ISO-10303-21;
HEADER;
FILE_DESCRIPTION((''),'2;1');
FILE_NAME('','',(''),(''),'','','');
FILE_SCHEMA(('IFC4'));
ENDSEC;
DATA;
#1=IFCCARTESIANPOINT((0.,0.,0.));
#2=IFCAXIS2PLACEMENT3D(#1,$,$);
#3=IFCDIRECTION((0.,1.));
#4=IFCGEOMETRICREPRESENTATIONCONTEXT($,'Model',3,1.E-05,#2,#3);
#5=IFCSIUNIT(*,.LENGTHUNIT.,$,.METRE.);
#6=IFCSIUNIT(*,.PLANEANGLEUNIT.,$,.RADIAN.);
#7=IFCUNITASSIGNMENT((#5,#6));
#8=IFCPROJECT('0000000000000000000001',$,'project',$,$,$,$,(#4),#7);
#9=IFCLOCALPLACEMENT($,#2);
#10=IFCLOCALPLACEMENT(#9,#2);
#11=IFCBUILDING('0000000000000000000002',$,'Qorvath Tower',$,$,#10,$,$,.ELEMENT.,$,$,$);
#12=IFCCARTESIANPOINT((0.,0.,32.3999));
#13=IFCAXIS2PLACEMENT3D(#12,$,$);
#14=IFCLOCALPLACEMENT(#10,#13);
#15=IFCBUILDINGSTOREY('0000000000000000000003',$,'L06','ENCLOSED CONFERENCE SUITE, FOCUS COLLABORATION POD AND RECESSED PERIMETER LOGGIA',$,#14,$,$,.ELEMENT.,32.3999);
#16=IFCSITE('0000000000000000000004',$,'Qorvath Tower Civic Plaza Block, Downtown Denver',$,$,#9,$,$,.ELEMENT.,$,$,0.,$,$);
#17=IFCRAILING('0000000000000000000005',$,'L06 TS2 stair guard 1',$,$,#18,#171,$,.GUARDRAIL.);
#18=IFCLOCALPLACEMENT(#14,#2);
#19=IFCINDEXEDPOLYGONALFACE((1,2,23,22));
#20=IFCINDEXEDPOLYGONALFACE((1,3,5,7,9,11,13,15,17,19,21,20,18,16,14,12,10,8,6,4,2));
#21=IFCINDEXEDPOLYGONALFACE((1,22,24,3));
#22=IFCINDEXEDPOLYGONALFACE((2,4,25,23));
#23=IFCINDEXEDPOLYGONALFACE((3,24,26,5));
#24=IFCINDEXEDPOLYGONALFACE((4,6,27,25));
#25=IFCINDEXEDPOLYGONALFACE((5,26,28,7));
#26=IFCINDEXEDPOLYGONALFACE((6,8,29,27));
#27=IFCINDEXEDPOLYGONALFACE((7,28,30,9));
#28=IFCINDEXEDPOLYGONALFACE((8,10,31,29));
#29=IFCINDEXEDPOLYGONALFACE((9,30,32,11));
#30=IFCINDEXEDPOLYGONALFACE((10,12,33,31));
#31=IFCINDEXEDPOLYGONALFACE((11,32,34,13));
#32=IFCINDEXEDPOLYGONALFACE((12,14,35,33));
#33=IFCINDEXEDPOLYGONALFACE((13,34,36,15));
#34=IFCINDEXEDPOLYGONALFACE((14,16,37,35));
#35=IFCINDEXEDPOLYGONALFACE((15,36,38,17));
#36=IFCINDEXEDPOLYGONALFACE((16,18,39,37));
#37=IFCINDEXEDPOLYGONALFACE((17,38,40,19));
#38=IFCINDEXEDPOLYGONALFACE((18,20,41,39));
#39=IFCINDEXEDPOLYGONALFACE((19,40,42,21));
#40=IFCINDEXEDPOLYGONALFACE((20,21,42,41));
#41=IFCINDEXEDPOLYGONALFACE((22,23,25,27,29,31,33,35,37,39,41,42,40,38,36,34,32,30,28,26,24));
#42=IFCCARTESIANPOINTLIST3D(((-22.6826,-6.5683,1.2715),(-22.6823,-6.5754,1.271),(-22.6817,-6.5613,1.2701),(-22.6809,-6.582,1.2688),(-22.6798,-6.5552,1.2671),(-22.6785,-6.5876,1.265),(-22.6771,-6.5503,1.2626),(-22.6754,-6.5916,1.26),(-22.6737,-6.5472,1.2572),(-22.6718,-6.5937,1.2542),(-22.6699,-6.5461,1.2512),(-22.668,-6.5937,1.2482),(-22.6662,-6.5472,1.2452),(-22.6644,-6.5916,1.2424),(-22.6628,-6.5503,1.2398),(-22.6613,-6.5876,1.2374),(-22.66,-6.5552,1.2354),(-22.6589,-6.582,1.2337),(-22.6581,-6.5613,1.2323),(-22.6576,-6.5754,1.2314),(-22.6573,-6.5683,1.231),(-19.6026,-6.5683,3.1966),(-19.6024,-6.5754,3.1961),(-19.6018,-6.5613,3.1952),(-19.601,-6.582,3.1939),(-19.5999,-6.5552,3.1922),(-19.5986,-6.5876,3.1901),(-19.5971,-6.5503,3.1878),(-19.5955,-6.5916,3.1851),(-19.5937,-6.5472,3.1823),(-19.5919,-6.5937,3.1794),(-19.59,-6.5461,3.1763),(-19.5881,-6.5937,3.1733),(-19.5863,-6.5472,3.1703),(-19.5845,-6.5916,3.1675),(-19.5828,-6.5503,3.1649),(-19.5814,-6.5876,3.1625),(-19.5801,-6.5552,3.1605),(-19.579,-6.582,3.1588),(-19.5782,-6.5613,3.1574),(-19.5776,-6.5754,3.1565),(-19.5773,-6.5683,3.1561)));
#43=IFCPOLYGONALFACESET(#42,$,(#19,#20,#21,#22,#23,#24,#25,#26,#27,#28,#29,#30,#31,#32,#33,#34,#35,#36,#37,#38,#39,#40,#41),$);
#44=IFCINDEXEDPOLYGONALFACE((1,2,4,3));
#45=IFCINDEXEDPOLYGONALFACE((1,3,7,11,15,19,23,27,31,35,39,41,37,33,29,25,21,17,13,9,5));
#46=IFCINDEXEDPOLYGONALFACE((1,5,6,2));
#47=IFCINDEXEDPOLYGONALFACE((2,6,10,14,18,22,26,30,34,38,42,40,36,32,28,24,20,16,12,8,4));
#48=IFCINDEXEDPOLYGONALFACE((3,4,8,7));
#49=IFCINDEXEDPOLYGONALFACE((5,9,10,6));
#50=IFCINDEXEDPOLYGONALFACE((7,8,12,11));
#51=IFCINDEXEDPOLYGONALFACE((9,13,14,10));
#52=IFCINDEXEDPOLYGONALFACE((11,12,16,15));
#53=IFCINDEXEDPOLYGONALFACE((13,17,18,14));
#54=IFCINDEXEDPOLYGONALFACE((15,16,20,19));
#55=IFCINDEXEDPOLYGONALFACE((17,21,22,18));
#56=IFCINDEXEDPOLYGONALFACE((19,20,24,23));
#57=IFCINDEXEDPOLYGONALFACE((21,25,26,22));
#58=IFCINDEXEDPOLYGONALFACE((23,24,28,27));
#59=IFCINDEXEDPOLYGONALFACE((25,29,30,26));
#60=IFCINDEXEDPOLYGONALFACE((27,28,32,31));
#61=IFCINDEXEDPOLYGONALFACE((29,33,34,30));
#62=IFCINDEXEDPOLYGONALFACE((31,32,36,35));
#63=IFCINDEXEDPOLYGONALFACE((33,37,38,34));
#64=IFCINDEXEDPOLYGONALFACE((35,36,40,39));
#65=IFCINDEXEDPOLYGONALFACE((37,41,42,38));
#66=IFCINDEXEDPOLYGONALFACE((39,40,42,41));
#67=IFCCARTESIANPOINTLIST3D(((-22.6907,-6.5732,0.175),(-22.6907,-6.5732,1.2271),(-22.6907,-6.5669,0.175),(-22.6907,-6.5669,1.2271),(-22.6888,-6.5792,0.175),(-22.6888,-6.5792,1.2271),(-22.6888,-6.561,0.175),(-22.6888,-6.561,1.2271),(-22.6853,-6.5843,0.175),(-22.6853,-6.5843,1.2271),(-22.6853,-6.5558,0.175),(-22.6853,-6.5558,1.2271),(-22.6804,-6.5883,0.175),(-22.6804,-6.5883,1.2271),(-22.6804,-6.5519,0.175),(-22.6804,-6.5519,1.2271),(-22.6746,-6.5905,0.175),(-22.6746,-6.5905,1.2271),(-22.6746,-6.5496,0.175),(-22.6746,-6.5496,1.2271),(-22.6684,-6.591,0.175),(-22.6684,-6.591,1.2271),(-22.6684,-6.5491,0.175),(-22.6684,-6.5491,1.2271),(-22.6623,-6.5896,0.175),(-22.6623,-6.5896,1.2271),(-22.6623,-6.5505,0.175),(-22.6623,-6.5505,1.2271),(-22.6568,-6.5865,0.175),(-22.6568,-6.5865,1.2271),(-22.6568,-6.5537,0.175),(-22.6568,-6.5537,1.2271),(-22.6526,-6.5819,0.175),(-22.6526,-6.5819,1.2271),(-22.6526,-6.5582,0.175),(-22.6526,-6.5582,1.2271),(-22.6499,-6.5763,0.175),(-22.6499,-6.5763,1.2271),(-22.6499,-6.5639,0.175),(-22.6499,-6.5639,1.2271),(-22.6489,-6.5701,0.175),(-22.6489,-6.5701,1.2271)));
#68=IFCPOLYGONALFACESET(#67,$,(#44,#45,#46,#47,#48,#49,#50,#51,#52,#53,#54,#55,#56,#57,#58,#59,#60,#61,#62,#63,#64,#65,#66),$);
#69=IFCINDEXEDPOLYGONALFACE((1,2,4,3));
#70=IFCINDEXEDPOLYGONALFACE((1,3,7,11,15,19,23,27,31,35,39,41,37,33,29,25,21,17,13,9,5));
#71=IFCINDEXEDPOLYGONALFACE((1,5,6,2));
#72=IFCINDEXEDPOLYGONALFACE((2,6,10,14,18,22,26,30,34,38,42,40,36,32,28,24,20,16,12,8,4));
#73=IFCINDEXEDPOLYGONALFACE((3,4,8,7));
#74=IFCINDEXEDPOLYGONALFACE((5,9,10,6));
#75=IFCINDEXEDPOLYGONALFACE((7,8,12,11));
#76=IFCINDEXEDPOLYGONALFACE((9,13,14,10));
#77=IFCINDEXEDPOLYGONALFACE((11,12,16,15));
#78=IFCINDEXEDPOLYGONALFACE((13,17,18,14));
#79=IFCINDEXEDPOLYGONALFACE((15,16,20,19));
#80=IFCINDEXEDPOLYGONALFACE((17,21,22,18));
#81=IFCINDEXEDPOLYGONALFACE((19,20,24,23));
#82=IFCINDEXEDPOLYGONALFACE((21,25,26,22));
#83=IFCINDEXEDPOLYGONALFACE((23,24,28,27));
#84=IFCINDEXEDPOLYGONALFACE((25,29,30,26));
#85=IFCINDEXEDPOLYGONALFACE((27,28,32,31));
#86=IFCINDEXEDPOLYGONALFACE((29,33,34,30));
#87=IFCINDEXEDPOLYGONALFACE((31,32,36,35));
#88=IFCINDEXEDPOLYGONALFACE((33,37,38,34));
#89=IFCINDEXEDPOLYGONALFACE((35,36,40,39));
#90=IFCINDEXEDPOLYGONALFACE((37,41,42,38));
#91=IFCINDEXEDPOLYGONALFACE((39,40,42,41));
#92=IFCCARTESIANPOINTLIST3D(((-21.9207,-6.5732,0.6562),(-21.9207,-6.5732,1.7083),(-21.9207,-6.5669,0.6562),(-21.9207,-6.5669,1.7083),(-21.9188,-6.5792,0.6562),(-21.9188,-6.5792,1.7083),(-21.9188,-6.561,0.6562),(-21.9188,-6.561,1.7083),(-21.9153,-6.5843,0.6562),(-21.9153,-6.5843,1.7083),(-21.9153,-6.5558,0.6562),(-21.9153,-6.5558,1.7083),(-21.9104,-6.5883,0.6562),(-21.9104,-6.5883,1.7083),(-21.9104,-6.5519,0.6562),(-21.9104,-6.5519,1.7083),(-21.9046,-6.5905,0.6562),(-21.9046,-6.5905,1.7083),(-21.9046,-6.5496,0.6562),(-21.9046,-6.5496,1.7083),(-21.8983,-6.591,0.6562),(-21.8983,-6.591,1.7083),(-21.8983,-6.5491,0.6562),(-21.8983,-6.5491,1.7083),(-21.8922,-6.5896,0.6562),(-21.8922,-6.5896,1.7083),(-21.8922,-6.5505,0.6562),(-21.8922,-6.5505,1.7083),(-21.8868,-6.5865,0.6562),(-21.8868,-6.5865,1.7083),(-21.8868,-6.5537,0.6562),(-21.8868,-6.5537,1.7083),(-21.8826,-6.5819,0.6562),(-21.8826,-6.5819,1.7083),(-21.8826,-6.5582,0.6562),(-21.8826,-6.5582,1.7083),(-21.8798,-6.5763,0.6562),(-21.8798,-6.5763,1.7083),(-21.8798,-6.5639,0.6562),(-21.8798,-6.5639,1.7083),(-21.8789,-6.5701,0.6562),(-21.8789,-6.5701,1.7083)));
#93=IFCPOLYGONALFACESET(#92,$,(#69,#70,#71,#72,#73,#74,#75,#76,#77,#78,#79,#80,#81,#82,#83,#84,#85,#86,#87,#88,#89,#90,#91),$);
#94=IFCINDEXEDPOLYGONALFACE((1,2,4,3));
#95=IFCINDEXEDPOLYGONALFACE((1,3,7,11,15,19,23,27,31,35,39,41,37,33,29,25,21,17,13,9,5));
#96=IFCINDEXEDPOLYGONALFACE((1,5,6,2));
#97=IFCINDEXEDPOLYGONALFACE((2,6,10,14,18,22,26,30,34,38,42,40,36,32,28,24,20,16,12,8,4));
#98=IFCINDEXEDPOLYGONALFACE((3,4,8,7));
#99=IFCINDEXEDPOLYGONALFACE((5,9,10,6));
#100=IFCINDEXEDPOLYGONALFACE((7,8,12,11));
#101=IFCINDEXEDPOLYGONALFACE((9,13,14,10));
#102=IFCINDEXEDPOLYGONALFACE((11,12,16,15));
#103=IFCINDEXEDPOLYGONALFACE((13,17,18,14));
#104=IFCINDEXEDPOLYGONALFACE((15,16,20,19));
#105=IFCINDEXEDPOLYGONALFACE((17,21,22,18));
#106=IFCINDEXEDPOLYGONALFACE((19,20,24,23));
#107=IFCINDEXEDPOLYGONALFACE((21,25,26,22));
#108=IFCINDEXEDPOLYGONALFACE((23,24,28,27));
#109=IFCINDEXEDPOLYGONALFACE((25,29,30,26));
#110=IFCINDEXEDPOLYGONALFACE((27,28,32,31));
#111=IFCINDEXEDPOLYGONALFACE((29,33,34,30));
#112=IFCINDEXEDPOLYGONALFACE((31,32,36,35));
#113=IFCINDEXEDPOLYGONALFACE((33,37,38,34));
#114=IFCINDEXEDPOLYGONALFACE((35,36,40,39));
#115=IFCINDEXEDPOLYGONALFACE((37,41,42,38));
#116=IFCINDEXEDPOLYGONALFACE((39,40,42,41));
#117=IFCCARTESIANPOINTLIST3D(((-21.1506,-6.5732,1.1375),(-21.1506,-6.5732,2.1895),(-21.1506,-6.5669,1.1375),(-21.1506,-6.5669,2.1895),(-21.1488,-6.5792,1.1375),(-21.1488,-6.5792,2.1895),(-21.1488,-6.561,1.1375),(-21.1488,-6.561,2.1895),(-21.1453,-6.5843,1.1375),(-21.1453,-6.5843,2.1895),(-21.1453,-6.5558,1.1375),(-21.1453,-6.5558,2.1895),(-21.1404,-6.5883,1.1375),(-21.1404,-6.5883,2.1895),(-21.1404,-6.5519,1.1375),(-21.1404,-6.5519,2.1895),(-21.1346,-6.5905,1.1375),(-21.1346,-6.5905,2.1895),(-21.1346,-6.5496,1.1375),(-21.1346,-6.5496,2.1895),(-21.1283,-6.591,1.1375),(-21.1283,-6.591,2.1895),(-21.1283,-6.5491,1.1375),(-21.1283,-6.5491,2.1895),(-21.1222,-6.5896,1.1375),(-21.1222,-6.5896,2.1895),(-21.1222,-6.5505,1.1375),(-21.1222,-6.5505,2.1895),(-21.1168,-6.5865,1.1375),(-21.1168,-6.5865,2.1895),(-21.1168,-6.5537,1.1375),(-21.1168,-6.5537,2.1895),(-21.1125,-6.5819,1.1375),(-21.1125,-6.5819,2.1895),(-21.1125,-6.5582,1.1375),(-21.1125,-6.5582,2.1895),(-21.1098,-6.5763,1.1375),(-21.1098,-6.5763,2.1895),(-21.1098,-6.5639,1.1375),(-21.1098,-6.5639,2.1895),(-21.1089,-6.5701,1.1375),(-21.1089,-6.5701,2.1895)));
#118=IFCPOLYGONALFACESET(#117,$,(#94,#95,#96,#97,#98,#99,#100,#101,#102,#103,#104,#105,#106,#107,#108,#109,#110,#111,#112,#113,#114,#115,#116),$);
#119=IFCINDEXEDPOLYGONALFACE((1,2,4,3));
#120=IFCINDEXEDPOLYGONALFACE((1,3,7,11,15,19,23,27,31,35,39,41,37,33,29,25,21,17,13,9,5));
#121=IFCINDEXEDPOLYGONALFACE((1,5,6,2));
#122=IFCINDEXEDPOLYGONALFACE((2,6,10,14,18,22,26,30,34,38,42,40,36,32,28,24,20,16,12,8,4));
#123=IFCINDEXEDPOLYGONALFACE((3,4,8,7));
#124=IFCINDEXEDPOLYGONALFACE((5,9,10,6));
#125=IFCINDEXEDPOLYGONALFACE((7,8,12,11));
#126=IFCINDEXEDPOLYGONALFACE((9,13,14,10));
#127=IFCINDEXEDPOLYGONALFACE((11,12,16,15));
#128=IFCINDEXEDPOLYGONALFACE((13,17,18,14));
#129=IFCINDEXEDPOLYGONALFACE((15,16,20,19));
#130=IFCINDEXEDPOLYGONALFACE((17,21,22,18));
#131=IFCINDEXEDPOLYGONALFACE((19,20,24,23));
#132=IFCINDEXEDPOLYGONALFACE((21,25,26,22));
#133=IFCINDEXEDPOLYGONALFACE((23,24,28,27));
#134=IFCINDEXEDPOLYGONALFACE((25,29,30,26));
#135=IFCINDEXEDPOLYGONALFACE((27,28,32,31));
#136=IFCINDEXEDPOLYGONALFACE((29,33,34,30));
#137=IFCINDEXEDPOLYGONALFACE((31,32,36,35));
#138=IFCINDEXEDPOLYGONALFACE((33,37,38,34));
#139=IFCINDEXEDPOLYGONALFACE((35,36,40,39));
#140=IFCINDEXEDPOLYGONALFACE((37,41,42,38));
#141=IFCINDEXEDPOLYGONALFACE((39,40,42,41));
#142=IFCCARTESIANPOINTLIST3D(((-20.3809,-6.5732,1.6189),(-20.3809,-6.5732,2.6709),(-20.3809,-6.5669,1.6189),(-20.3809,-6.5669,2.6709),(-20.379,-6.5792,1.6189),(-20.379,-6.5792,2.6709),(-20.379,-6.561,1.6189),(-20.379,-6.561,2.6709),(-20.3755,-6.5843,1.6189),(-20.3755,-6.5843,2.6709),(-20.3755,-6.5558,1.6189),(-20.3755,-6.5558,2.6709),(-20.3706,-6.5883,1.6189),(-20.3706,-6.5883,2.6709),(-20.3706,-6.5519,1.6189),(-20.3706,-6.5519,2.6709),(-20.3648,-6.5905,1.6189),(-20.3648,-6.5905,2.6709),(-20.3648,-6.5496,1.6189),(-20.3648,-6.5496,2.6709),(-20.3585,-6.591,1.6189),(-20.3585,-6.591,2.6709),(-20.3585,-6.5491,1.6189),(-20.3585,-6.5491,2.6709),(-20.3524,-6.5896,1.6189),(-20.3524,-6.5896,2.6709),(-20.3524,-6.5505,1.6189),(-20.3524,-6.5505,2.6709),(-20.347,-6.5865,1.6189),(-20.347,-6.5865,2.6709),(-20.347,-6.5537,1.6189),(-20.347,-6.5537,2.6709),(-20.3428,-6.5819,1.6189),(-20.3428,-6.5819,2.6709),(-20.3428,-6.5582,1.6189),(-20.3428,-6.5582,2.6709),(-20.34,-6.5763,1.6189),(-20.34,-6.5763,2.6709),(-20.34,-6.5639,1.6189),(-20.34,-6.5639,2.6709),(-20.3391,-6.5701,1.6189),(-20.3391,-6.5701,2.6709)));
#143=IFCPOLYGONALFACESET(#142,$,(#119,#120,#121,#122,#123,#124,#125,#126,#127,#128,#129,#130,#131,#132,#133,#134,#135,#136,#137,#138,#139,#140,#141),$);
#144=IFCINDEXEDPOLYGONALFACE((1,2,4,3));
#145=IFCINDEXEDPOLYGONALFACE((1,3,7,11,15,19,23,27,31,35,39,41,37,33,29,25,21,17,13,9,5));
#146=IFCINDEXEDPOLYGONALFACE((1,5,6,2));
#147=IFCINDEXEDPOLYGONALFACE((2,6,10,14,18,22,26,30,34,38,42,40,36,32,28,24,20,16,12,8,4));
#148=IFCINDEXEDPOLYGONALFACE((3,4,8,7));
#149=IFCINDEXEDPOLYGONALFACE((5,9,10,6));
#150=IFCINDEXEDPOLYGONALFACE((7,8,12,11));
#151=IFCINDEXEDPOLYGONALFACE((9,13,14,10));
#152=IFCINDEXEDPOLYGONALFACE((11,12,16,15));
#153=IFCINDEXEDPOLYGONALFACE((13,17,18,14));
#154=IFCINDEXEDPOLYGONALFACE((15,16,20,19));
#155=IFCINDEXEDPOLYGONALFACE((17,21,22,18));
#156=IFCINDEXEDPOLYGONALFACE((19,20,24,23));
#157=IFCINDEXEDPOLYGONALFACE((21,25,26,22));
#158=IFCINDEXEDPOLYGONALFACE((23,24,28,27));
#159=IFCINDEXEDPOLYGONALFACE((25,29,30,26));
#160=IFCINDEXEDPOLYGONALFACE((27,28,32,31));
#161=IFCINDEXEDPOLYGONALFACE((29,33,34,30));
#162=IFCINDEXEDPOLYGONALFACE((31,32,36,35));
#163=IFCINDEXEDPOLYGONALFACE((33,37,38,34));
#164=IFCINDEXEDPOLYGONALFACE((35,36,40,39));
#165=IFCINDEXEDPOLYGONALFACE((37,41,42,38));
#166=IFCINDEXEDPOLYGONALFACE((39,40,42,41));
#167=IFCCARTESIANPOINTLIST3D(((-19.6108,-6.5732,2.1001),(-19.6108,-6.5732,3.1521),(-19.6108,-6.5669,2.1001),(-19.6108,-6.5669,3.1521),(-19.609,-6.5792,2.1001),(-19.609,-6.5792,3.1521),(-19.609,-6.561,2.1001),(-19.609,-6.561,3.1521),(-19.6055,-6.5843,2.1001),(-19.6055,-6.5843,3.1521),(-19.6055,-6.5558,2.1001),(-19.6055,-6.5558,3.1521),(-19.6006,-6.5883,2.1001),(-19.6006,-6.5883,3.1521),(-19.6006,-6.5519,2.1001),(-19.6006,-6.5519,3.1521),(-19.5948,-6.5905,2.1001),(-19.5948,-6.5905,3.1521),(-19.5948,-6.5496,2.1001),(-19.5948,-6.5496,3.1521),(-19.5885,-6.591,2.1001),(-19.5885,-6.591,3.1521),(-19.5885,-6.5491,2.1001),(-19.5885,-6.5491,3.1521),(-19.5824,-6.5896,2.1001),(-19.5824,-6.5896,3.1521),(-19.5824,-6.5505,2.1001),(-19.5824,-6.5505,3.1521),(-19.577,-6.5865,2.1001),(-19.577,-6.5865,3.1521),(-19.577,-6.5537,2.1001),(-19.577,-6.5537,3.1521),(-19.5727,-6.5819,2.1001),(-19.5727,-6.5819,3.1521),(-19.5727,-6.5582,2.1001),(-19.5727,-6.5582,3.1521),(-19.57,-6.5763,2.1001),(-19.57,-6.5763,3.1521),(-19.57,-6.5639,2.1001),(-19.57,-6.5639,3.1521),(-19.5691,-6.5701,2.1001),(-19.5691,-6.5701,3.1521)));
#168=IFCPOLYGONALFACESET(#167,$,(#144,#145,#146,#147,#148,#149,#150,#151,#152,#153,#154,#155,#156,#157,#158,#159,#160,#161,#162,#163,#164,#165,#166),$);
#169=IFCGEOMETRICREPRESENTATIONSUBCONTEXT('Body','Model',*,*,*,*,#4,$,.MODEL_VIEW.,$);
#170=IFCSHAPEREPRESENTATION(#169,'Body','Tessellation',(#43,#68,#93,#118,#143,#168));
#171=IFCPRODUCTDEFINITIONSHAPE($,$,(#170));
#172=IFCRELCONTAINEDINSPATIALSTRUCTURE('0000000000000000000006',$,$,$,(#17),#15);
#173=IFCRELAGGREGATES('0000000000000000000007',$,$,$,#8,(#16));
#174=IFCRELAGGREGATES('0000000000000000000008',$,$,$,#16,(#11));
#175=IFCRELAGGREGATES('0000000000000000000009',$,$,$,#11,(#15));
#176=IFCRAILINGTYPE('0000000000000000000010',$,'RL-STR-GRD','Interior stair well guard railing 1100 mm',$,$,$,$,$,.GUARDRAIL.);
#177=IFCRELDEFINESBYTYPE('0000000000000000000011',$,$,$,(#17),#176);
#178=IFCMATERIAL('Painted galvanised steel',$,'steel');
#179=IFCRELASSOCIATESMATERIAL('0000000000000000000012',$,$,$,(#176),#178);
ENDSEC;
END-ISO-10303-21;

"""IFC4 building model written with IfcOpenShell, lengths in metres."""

from ifc_helpers import new_model, si_unit, direction, frame, origin, origin_2d, place, context, subcontext, project, spatial, circle, extrude, material, type_object, element, save


model = new_model("IFC4")

# Units and contexts
model_context = context("Model", 3, precision=1e-05, world=origin(), true_north=direction((0.0, 1.0)))
body_context = subcontext(model_context, "Body", "Model", "MODEL_VIEW")
ifc_project = project(units=[si_unit("LENGTHUNIT", "METRE"), si_unit("PLANEANGLEUNIT", "RADIAN")], contexts=[model_context])

# Site, building, storey
site_placement = place(None, origin())
site = spatial("IfcSite", under=ifc_project, at=site_placement, Name="Qorvath Tower Civic Plaza Block, Downtown Denver", CompositionType="ELEMENT", RefElevation=0.0)
building_placement = place(site_placement, origin())
building = spatial("IfcBuilding", under=site, at=building_placement, Name="Qorvath Tower", CompositionType="ELEMENT")
storey_placement = place(building_placement, frame((0.0, 0.0, 32.3999)))
storey = spatial("IfcBuildingStorey", under=building, at=storey_placement, Name="L06", Description="ENCLOSED CONFERENCE SUITE, FOCUS COLLABORATION POD AND RECESSED PERIMETER LOGGIA", CompositionType="ELEMENT", Elevation=32.3999)

# Railing
ifc_material_1 = material(Name="Painted galvanised steel", Category="steel")
railing_type_1 = type_object("IfcRailingType", Name="RL-STR-GRD", Description="Interior stair well guard railing 1100 mm", PredefinedType="GUARDRAIL", material=ifc_material_1)
railing_1_placement = place(storey_placement, frame((-22.6699, -6.5701, 0.175)))
element("IfcRailing", 1, at=railing_1_placement, inside=storey, type_object=railing_type_1, Name="L06 TS2 stair guard 1", PredefinedType="GUARDRAIL", context=body_context, shape_type="SweptSolid", body=[
    extrude(circle(Radius=0.0239, at=origin_2d()), frame((0.0, 0.0, 1.0762), z_axis=(0.847979, 0.0, 0.530029), x_axis=(0.0, 1.0, 0.0)), (0.0, 0.0, 1.0), 3.6321),
    extrude(circle(Radius=0.021, at=origin_2d()), origin(), (0.0, 0.0, 1.0), 1.052),
    extrude(circle(Radius=0.021, at=origin_2d()), frame((0.77, 0.0, 0.4812)), (0.0, 0.0, 1.0), 1.052),
    extrude(circle(Radius=0.021, at=origin_2d()), frame((1.54, 0.0, 0.9624)), (0.0, 0.0, 1.0), 1.052),
    extrude(circle(Radius=0.021, at=origin_2d()), frame((2.3098, 0.0, 1.4438)), (0.0, 0.0, 1.0), 1.052),
    extrude(circle(Radius=0.021, at=origin_2d()), frame((3.0798, 0.0, 1.925)), (0.0, 0.0, 1.0), 1.052),
])

save(model, "model.ifc")
